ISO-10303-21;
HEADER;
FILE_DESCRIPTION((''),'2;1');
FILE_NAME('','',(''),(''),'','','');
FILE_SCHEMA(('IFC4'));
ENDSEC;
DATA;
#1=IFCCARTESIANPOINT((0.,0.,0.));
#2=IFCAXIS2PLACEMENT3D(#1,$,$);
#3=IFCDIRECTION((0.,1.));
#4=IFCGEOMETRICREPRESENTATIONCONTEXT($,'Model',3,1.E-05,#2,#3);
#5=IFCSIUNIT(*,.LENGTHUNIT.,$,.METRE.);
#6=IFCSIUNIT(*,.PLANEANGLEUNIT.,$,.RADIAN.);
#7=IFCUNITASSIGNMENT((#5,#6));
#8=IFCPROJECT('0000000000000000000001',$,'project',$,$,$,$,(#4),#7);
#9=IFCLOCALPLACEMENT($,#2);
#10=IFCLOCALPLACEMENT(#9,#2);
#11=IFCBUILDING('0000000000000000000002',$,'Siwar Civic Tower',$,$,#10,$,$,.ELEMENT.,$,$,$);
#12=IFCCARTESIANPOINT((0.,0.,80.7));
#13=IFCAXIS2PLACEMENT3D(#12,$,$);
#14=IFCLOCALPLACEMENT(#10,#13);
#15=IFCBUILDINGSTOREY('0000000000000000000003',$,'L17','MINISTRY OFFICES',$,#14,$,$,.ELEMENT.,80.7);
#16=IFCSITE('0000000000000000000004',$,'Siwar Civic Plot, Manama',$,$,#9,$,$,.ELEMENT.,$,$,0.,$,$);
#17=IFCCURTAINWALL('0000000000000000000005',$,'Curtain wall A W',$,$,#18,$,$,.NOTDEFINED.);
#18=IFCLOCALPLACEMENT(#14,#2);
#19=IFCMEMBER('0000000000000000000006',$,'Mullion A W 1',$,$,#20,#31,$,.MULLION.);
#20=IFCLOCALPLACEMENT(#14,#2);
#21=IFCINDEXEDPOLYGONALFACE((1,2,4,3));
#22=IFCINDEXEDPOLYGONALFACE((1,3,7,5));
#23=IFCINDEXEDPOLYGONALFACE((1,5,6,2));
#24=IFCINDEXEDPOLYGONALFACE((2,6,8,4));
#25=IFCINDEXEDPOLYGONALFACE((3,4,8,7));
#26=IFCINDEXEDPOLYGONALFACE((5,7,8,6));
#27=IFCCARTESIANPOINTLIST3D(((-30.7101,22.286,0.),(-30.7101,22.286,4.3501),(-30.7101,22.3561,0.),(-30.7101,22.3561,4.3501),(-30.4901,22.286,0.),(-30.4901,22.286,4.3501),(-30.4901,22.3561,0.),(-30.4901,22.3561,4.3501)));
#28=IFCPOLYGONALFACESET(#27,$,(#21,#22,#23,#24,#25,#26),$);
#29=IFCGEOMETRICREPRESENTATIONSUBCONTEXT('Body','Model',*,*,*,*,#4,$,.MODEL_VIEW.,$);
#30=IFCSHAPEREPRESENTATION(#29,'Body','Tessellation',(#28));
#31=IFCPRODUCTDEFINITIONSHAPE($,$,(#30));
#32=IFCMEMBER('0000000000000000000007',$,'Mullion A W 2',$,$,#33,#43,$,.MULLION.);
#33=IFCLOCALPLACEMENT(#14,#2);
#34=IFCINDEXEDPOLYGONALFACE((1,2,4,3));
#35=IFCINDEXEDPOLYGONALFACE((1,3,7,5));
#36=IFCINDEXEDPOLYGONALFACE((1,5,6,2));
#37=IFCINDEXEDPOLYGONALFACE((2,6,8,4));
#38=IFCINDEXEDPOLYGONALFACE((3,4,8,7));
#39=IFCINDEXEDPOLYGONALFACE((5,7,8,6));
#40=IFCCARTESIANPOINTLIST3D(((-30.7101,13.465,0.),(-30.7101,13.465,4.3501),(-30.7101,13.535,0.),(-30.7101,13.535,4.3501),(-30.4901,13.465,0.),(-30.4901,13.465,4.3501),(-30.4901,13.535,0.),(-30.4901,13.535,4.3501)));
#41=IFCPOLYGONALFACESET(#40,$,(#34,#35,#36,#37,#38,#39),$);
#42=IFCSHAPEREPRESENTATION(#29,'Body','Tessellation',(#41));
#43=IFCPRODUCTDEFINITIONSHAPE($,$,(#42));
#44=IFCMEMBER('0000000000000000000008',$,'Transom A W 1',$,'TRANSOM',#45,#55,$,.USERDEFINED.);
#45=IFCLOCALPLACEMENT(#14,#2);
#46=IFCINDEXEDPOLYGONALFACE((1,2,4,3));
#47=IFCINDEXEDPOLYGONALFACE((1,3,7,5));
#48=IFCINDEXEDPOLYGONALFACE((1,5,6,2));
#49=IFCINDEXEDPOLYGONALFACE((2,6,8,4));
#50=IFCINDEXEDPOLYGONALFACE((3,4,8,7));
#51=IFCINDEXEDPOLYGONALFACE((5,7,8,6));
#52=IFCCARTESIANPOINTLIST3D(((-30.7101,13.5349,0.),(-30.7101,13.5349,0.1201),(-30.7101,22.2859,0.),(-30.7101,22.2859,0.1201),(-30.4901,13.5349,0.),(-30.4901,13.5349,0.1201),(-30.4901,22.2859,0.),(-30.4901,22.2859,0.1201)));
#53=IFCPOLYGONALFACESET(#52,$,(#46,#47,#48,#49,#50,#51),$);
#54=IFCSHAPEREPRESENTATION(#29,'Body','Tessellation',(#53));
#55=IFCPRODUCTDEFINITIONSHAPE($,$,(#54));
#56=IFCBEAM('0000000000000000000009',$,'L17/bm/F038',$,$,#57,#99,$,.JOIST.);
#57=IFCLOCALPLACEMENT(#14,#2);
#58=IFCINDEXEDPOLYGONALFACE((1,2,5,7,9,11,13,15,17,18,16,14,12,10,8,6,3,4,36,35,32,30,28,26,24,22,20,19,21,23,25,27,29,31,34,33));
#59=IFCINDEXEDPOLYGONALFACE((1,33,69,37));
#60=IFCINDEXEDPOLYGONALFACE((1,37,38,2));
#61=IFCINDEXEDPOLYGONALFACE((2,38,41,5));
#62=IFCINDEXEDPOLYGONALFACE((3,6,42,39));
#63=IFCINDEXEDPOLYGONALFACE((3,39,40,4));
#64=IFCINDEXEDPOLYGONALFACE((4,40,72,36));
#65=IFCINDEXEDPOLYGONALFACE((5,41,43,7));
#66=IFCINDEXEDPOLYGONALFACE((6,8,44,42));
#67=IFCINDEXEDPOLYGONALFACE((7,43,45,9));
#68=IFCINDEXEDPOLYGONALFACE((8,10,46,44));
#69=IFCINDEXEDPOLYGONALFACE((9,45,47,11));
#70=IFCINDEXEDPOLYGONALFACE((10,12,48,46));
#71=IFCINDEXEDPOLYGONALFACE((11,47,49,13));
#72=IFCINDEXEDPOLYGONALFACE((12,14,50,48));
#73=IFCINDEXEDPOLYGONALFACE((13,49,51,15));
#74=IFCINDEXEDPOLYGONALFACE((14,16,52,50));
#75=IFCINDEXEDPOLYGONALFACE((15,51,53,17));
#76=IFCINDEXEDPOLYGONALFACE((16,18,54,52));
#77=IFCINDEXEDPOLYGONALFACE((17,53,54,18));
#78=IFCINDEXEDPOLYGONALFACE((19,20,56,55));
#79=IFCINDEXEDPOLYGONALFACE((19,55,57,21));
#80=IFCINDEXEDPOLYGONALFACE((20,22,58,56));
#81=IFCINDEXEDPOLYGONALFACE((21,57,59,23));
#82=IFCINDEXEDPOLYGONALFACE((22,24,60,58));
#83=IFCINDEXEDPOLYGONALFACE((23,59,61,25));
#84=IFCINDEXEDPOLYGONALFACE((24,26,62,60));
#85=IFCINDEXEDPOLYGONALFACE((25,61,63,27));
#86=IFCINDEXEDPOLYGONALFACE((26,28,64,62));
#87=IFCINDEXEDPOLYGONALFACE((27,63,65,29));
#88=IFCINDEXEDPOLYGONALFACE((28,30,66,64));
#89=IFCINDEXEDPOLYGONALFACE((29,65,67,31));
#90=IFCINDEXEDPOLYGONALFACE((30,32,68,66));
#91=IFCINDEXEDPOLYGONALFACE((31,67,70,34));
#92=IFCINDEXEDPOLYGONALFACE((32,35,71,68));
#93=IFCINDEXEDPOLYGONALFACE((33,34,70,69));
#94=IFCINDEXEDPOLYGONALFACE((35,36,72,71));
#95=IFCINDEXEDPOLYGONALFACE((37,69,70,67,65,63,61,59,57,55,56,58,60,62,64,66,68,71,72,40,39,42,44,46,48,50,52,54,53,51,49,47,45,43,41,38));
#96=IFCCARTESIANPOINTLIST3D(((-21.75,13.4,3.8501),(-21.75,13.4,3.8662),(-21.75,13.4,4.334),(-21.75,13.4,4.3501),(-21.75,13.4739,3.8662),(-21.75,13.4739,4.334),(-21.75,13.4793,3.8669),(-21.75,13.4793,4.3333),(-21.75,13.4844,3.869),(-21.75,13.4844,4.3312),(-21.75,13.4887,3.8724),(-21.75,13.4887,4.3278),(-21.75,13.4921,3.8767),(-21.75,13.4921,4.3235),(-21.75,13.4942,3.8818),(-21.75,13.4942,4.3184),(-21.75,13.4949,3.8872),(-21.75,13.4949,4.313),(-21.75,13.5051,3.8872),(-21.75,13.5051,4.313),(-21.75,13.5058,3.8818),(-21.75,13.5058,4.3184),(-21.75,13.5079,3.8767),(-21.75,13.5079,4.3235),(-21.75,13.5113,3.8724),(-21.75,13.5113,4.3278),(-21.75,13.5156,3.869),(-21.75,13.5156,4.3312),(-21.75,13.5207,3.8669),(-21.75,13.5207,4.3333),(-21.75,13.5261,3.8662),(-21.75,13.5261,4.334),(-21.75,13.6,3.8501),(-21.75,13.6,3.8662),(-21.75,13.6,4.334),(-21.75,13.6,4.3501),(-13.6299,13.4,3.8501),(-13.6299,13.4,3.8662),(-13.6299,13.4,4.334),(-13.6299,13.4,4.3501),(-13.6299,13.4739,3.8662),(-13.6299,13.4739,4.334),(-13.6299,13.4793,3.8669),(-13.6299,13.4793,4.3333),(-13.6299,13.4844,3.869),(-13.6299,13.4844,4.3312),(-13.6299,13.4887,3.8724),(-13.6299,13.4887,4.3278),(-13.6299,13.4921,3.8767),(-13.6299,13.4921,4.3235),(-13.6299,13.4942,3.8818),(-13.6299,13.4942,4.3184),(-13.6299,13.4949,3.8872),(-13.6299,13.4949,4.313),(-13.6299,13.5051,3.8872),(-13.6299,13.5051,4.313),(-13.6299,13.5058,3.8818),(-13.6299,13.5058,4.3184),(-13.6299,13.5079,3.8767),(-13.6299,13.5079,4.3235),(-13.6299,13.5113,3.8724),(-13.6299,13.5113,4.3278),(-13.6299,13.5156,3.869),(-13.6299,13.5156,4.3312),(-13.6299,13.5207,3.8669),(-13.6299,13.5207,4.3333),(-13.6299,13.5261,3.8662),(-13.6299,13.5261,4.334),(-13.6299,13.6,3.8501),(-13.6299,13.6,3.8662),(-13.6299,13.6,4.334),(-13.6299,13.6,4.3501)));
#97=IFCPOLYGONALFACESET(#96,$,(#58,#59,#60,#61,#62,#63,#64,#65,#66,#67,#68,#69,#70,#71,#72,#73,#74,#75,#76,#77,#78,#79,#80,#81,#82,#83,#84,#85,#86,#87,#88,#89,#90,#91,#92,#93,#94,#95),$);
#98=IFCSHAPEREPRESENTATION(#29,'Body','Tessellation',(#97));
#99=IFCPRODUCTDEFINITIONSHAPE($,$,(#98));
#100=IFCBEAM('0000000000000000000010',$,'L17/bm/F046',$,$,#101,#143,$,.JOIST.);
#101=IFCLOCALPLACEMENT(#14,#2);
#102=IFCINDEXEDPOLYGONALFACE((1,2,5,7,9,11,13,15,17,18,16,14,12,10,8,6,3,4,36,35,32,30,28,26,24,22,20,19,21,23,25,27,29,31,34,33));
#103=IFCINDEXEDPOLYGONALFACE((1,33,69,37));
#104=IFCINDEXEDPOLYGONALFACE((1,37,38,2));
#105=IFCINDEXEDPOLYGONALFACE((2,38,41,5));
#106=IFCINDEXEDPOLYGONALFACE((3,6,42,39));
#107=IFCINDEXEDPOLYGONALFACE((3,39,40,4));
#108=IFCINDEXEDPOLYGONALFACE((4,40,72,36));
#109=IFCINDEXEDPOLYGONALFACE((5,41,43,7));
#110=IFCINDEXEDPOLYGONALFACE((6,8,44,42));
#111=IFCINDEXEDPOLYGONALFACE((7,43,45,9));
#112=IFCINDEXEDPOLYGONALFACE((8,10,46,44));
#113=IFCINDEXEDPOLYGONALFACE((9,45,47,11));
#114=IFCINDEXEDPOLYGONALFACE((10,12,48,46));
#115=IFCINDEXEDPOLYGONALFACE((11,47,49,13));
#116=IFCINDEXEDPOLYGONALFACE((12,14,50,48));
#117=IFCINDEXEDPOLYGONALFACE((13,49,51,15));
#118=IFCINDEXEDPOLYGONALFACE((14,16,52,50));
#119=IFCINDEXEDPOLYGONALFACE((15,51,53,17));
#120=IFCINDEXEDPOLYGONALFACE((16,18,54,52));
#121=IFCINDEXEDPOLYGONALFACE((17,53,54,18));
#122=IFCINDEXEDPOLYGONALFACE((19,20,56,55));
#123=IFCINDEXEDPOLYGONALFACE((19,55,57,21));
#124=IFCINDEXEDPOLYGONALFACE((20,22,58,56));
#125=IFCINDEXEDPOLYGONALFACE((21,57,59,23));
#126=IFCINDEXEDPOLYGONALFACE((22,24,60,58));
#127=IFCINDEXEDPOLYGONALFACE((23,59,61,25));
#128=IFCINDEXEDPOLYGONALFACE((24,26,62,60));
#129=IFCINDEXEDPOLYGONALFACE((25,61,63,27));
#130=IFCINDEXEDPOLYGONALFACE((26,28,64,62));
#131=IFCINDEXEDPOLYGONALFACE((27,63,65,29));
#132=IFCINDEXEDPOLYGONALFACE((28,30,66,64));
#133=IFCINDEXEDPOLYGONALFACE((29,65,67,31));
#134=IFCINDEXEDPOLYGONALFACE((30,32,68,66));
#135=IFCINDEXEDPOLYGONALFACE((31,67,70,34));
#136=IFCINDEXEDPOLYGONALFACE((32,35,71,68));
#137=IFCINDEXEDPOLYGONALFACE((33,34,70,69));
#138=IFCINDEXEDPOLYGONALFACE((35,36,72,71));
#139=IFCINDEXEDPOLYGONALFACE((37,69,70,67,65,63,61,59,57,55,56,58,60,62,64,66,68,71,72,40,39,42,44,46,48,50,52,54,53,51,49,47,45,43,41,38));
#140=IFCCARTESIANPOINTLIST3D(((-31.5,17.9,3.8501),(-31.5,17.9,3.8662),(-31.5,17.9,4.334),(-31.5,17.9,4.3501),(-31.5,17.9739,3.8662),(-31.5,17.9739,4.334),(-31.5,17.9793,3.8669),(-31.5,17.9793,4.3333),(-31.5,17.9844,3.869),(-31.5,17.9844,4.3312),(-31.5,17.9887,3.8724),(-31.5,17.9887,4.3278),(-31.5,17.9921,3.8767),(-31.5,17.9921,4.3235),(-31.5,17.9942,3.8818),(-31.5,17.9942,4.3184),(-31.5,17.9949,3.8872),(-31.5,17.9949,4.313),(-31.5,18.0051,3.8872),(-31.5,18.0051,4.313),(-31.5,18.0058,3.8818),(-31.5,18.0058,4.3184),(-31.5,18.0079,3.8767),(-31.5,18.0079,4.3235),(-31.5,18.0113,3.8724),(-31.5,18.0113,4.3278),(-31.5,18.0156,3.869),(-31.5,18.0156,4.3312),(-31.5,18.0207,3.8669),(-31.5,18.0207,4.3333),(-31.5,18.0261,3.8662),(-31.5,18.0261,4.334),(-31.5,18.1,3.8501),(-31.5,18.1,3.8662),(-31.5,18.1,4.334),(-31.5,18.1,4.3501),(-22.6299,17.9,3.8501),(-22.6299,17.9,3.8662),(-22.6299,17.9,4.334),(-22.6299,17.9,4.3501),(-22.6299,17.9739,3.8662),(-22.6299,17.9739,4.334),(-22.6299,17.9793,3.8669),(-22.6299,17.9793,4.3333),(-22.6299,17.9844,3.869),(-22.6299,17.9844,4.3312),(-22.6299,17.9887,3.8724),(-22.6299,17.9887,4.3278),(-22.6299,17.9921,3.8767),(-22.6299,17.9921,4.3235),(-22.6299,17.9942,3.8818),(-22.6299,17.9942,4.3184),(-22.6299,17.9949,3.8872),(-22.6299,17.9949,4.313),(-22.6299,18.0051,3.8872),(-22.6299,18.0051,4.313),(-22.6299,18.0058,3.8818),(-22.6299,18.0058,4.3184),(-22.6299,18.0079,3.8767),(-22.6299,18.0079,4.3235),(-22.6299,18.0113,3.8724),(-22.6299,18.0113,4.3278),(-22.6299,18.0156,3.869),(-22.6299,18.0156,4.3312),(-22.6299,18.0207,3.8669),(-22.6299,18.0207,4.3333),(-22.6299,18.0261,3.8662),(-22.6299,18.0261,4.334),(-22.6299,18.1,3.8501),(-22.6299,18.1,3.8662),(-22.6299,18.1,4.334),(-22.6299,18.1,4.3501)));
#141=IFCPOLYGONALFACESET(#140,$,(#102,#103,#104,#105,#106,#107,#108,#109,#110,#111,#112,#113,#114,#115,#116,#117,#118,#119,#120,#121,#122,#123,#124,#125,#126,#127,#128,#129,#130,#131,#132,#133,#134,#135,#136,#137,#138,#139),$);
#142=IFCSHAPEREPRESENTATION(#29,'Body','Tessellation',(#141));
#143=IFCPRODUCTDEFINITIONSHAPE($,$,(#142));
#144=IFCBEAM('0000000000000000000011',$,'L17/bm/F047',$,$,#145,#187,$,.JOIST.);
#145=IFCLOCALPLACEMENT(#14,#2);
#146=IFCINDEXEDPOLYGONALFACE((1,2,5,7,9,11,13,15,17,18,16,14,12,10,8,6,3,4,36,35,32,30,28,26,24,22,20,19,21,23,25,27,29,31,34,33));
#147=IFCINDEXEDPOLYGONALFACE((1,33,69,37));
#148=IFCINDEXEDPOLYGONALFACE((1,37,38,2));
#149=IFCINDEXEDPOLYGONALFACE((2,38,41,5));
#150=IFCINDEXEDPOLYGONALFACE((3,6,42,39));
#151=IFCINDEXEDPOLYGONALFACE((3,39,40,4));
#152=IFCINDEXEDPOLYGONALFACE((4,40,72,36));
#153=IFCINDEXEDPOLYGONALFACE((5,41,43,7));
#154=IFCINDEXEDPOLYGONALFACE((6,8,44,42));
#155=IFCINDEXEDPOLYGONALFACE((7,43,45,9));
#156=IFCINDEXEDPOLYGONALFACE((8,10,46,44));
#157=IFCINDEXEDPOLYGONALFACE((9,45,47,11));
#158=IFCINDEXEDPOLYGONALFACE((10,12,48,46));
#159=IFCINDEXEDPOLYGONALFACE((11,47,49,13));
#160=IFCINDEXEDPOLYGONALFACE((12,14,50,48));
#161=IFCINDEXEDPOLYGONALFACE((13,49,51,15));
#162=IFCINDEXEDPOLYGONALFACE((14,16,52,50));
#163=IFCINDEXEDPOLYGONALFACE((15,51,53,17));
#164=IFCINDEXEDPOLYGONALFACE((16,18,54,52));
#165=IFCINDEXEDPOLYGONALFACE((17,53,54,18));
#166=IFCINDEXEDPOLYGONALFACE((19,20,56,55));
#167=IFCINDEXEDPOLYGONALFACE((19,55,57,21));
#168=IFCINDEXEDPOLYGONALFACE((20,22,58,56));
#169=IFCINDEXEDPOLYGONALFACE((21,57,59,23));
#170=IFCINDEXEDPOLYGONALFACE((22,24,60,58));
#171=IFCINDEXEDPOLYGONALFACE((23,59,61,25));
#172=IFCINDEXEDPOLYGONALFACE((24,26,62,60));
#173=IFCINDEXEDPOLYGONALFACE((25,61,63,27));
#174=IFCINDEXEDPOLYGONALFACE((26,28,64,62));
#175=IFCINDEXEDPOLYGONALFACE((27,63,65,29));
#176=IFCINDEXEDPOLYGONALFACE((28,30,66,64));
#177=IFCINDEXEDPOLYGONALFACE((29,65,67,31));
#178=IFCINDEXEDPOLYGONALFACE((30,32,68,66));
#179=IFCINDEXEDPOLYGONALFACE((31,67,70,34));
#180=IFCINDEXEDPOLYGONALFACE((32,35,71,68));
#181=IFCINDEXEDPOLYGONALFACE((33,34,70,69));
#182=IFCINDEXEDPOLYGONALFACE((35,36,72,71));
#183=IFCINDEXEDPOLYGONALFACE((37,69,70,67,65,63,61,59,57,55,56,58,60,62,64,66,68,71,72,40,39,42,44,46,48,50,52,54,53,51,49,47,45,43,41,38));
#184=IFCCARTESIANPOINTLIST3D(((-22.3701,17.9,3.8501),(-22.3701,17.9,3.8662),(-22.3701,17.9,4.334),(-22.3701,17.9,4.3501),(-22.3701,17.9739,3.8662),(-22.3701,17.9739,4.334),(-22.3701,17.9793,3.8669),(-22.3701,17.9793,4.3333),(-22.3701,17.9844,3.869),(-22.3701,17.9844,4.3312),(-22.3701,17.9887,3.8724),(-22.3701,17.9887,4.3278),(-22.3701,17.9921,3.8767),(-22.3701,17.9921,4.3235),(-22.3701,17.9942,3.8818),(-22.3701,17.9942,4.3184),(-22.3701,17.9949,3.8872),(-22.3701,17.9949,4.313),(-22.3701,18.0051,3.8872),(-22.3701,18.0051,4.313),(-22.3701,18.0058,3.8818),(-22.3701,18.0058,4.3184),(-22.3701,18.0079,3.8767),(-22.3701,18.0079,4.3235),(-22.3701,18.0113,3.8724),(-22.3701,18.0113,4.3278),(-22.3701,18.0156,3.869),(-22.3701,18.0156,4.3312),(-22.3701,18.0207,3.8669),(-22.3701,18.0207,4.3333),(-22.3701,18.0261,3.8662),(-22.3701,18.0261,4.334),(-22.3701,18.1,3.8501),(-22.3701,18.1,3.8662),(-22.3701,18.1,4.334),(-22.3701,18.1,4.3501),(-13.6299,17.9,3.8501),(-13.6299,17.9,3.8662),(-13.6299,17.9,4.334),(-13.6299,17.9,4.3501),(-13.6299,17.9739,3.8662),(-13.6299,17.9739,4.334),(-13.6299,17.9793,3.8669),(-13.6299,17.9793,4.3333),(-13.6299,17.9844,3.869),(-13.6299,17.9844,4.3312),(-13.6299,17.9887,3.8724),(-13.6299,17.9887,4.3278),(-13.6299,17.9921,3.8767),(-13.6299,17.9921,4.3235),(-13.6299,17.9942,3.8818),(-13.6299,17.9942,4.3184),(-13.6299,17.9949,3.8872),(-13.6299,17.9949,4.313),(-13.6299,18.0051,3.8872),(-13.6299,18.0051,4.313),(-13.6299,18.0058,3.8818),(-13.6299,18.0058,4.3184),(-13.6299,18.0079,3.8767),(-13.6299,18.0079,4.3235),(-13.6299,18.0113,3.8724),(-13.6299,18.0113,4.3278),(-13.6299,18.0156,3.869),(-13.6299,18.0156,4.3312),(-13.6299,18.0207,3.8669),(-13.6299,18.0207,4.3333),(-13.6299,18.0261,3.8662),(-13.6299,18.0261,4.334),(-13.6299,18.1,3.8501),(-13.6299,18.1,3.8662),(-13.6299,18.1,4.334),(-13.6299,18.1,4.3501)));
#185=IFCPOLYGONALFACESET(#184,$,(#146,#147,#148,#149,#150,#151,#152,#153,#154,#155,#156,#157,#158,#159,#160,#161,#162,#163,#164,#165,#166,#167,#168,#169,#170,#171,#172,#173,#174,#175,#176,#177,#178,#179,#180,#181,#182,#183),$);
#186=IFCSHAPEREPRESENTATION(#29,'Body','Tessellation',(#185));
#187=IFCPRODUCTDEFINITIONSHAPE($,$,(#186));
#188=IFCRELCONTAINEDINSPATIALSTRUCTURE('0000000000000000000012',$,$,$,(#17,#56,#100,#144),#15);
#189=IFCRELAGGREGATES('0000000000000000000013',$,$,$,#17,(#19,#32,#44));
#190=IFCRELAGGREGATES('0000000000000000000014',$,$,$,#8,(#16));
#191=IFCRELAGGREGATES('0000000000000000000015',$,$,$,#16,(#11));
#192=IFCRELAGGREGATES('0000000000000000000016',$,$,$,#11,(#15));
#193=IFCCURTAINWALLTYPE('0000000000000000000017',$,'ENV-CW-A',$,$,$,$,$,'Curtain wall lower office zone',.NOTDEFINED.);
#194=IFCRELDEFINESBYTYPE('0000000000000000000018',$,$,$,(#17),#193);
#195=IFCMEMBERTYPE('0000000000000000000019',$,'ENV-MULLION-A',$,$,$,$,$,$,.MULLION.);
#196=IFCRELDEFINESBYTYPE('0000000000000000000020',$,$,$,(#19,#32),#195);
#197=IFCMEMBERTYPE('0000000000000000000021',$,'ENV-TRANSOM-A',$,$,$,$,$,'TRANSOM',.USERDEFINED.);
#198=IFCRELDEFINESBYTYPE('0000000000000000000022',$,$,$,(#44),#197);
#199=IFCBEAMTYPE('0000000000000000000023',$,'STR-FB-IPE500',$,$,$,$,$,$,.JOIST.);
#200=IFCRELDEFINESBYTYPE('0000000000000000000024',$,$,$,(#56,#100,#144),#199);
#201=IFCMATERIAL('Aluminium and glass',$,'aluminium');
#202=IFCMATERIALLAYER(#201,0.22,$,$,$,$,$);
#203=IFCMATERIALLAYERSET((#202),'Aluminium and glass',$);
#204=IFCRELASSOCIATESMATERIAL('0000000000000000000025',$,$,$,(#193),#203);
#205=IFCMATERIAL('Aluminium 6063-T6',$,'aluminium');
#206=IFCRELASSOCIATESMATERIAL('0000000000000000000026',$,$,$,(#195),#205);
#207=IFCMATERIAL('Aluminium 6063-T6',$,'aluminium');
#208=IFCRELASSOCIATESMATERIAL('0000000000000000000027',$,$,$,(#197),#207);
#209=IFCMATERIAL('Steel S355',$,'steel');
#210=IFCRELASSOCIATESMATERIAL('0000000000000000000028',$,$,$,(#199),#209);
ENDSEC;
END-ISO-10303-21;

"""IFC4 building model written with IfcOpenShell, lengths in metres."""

from ifc_helpers import new_model, si_unit, direction, frame, origin, origin_2d, place, context, subcontext, project, spatial, rectangle, i_section, extrude, material, layer, layer_set, material_profile, profile_set, type_object, element, aggregate, save


model = new_model("IFC4")

# Units and contexts
model_context = context("Model", 3, precision=1e-05, world=origin(), true_north=direction((0.0, 1.0)))
body_context = subcontext(model_context, "Body", "Model", "MODEL_VIEW")
ifc_project = project(units=[si_unit("LENGTHUNIT", "METRE"), si_unit("PLANEANGLEUNIT", "RADIAN")], contexts=[model_context])

# Site, building, storey
site_placement = place(None, origin())
site = spatial("IfcSite", under=ifc_project, at=site_placement, Name="Siwar Civic Plot, Manama", CompositionType="ELEMENT", RefElevation=0.0)
building_placement = place(site_placement, origin())
building = spatial("IfcBuilding", under=site, at=building_placement, Name="Siwar Civic Tower", CompositionType="ELEMENT")
storey_placement = place(building_placement, frame((0.0, 0.0, 80.7)))
storey = spatial("IfcBuildingStorey", under=building, at=storey_placement, Name="L17", Description="MINISTRY OFFICES", CompositionType="ELEMENT", Elevation=80.7)

# Curtain wall, members
ifc_material_1 = material(Name="Aluminium and glass", Category="aluminium")
ifc_layer_1 = layer(ifc_material_1, 0.22)
ifc_layer_set_1 = layer_set([ifc_layer_1], Name="Aluminium and glass")
curtain_wall_type = type_object("IfcCurtainWallType", Name="ENV-CW-A", ElementType="Curtain wall lower office zone", PredefinedType="NOTDEFINED", material=ifc_layer_set_1)
curtain_wall_placement = place(storey_placement, origin())
curtain_wall = element("IfcCurtainWall", 1, at=curtain_wall_placement, inside=storey, type_object=curtain_wall_type, Name="Curtain wall A W", PredefinedType="NOTDEFINED")
ifc_material_2 = material(Name="Aluminium 6063-T6", Category="aluminium")
ifc_material_profile_1 = material_profile(ifc_material_2, rectangle(XDim=0.22, YDim=0.0701, at=origin_2d()), Name="AL 220x70")
ifc_profile_set_1 = profile_set([ifc_material_profile_1], Name="Aluminium 6063-T6")
member_type_1 = type_object("IfcMemberType", Name="ENV-MULLION-A", PredefinedType="MULLION", material=ifc_profile_set_1)
member_1_placement = place(storey_placement, frame((-30.6001, 22.321, 0.0), z_axis=(0.0, 0.0, 1.0), x_axis=(1.0, 0.0, 0.0)))
member_1 = element("IfcMember", 2, at=member_1_placement, type_object=member_type_1, Name="Mullion A W 1", PredefinedType="MULLION", context=body_context, shape_type="SweptSolid", body=[
    extrude(rectangle(XDim=0.22, YDim=0.0701, at=origin_2d()), origin(), (0.0, 0.0, 1.0), 4.3501),
])
member_2_placement = place(storey_placement, frame((-30.6001, 13.5, 0.0), z_axis=(0.0, 0.0, 1.0), x_axis=(1.0, 0.0, 0.0)))
member_2 = element("IfcMember", 3, at=member_2_placement, type_object=member_type_1, Name="Mullion A W 2", PredefinedType="MULLION", context=body_context, shape_type="SweptSolid", body=[
    extrude(rectangle(XDim=0.22, YDim=0.0701, at=origin_2d()), origin(), (0.0, 0.0, 1.0), 4.3501),
])
ifc_material_3 = material(Name="Aluminium 6063-T6", Category="aluminium")
ifc_material_profile_2 = material_profile(ifc_material_3, rectangle(XDim=0.22, YDim=0.1201, at=origin_2d()), Name="AL 220x120")
ifc_profile_set_2 = profile_set([ifc_material_profile_2], Name="Aluminium 6063-T6")
member_type_2 = type_object("IfcMemberType", Name="ENV-TRANSOM-A", ElementType="TRANSOM", PredefinedType="USERDEFINED", material=ifc_profile_set_2)
member_3_placement = place(storey_placement, frame((-30.6001, 22.2859, 0.0601), z_axis=(0.0, -1.0, 0.0), x_axis=(1.0, 0.0, 0.0)))
member_3 = element("IfcMember", 4, at=member_3_placement, type_object=member_type_2, Name="Transom A W 1", ObjectType="TRANSOM", PredefinedType="USERDEFINED", context=body_context, shape_type="SweptSolid", body=[
    extrude(rectangle(XDim=0.22, YDim=0.1201, at=origin_2d()), origin(), (0.0, 0.0, 1.0), 8.751),
])

# Beams
ifc_material_4 = material(Name="Steel S355", Category="steel")
ifc_material_profile_3 = material_profile(ifc_material_4, i_section(OverallWidth=0.2, OverallDepth=0.5, WebThickness=0.0103, FlangeThickness=0.0161, FilletRadius=0.021, at=origin_2d()), Name="IPE500")
ifc_profile_set_3 = profile_set([ifc_material_profile_3], Name="Steel S355")
beam_type_1 = type_object("IfcBeamType", Name="STR-FB-IPE500", PredefinedType="JOIST", material=ifc_profile_set_3)
beam_1_placement = place(storey_placement, frame((-21.75, 13.5, 4.1001), z_axis=(1.0, 0.0, 0.0), x_axis=(0.0, 1.0, 0.0)))
element("IfcBeam", 5, at=beam_1_placement, inside=storey, type_object=beam_type_1, Name="L17/bm/F038", PredefinedType="JOIST", context=body_context, shape_type="SweptSolid", body=[
    extrude(i_section(OverallWidth=0.2, OverallDepth=0.5, WebThickness=0.0103, FlangeThickness=0.0161, FilletRadius=0.021, at=origin_2d()), origin(), (0.0, 0.0, 1.0), 8.1201),
])
beam_2_placement = place(storey_placement, frame((-31.5, 18.0, 4.1001), z_axis=(1.0, 0.0, 0.0), x_axis=(0.0, 1.0, 0.0)))
element("IfcBeam", 6, at=beam_2_placement, inside=storey, type_object=beam_type_1, Name="L17/bm/F046", PredefinedType="JOIST", context=body_context, shape_type="SweptSolid", body=[
    extrude(i_section(OverallWidth=0.2, OverallDepth=0.5, WebThickness=0.0103, FlangeThickness=0.0161, FilletRadius=0.021, at=origin_2d()), origin(), (0.0, 0.0, 1.0), 8.8701),
])
beam_3_placement = place(storey_placement, frame((-22.3701, 18.0, 4.1001), z_axis=(1.0, 0.0, 0.0), x_axis=(0.0, 1.0, 0.0)))
element("IfcBeam", 7, at=beam_3_placement, inside=storey, type_object=beam_type_1, Name="L17/bm/F047", PredefinedType="JOIST", context=body_context, shape_type="SweptSolid", body=[
    extrude(i_section(OverallWidth=0.2, OverallDepth=0.5, WebThickness=0.0103, FlangeThickness=0.0161, FilletRadius=0.021, at=origin_2d()), origin(), (0.0, 0.0, 1.0), 8.7402),
])

aggregate(curtain_wall, [member_1, member_2, member_3])

save(model, "model.ifc")
